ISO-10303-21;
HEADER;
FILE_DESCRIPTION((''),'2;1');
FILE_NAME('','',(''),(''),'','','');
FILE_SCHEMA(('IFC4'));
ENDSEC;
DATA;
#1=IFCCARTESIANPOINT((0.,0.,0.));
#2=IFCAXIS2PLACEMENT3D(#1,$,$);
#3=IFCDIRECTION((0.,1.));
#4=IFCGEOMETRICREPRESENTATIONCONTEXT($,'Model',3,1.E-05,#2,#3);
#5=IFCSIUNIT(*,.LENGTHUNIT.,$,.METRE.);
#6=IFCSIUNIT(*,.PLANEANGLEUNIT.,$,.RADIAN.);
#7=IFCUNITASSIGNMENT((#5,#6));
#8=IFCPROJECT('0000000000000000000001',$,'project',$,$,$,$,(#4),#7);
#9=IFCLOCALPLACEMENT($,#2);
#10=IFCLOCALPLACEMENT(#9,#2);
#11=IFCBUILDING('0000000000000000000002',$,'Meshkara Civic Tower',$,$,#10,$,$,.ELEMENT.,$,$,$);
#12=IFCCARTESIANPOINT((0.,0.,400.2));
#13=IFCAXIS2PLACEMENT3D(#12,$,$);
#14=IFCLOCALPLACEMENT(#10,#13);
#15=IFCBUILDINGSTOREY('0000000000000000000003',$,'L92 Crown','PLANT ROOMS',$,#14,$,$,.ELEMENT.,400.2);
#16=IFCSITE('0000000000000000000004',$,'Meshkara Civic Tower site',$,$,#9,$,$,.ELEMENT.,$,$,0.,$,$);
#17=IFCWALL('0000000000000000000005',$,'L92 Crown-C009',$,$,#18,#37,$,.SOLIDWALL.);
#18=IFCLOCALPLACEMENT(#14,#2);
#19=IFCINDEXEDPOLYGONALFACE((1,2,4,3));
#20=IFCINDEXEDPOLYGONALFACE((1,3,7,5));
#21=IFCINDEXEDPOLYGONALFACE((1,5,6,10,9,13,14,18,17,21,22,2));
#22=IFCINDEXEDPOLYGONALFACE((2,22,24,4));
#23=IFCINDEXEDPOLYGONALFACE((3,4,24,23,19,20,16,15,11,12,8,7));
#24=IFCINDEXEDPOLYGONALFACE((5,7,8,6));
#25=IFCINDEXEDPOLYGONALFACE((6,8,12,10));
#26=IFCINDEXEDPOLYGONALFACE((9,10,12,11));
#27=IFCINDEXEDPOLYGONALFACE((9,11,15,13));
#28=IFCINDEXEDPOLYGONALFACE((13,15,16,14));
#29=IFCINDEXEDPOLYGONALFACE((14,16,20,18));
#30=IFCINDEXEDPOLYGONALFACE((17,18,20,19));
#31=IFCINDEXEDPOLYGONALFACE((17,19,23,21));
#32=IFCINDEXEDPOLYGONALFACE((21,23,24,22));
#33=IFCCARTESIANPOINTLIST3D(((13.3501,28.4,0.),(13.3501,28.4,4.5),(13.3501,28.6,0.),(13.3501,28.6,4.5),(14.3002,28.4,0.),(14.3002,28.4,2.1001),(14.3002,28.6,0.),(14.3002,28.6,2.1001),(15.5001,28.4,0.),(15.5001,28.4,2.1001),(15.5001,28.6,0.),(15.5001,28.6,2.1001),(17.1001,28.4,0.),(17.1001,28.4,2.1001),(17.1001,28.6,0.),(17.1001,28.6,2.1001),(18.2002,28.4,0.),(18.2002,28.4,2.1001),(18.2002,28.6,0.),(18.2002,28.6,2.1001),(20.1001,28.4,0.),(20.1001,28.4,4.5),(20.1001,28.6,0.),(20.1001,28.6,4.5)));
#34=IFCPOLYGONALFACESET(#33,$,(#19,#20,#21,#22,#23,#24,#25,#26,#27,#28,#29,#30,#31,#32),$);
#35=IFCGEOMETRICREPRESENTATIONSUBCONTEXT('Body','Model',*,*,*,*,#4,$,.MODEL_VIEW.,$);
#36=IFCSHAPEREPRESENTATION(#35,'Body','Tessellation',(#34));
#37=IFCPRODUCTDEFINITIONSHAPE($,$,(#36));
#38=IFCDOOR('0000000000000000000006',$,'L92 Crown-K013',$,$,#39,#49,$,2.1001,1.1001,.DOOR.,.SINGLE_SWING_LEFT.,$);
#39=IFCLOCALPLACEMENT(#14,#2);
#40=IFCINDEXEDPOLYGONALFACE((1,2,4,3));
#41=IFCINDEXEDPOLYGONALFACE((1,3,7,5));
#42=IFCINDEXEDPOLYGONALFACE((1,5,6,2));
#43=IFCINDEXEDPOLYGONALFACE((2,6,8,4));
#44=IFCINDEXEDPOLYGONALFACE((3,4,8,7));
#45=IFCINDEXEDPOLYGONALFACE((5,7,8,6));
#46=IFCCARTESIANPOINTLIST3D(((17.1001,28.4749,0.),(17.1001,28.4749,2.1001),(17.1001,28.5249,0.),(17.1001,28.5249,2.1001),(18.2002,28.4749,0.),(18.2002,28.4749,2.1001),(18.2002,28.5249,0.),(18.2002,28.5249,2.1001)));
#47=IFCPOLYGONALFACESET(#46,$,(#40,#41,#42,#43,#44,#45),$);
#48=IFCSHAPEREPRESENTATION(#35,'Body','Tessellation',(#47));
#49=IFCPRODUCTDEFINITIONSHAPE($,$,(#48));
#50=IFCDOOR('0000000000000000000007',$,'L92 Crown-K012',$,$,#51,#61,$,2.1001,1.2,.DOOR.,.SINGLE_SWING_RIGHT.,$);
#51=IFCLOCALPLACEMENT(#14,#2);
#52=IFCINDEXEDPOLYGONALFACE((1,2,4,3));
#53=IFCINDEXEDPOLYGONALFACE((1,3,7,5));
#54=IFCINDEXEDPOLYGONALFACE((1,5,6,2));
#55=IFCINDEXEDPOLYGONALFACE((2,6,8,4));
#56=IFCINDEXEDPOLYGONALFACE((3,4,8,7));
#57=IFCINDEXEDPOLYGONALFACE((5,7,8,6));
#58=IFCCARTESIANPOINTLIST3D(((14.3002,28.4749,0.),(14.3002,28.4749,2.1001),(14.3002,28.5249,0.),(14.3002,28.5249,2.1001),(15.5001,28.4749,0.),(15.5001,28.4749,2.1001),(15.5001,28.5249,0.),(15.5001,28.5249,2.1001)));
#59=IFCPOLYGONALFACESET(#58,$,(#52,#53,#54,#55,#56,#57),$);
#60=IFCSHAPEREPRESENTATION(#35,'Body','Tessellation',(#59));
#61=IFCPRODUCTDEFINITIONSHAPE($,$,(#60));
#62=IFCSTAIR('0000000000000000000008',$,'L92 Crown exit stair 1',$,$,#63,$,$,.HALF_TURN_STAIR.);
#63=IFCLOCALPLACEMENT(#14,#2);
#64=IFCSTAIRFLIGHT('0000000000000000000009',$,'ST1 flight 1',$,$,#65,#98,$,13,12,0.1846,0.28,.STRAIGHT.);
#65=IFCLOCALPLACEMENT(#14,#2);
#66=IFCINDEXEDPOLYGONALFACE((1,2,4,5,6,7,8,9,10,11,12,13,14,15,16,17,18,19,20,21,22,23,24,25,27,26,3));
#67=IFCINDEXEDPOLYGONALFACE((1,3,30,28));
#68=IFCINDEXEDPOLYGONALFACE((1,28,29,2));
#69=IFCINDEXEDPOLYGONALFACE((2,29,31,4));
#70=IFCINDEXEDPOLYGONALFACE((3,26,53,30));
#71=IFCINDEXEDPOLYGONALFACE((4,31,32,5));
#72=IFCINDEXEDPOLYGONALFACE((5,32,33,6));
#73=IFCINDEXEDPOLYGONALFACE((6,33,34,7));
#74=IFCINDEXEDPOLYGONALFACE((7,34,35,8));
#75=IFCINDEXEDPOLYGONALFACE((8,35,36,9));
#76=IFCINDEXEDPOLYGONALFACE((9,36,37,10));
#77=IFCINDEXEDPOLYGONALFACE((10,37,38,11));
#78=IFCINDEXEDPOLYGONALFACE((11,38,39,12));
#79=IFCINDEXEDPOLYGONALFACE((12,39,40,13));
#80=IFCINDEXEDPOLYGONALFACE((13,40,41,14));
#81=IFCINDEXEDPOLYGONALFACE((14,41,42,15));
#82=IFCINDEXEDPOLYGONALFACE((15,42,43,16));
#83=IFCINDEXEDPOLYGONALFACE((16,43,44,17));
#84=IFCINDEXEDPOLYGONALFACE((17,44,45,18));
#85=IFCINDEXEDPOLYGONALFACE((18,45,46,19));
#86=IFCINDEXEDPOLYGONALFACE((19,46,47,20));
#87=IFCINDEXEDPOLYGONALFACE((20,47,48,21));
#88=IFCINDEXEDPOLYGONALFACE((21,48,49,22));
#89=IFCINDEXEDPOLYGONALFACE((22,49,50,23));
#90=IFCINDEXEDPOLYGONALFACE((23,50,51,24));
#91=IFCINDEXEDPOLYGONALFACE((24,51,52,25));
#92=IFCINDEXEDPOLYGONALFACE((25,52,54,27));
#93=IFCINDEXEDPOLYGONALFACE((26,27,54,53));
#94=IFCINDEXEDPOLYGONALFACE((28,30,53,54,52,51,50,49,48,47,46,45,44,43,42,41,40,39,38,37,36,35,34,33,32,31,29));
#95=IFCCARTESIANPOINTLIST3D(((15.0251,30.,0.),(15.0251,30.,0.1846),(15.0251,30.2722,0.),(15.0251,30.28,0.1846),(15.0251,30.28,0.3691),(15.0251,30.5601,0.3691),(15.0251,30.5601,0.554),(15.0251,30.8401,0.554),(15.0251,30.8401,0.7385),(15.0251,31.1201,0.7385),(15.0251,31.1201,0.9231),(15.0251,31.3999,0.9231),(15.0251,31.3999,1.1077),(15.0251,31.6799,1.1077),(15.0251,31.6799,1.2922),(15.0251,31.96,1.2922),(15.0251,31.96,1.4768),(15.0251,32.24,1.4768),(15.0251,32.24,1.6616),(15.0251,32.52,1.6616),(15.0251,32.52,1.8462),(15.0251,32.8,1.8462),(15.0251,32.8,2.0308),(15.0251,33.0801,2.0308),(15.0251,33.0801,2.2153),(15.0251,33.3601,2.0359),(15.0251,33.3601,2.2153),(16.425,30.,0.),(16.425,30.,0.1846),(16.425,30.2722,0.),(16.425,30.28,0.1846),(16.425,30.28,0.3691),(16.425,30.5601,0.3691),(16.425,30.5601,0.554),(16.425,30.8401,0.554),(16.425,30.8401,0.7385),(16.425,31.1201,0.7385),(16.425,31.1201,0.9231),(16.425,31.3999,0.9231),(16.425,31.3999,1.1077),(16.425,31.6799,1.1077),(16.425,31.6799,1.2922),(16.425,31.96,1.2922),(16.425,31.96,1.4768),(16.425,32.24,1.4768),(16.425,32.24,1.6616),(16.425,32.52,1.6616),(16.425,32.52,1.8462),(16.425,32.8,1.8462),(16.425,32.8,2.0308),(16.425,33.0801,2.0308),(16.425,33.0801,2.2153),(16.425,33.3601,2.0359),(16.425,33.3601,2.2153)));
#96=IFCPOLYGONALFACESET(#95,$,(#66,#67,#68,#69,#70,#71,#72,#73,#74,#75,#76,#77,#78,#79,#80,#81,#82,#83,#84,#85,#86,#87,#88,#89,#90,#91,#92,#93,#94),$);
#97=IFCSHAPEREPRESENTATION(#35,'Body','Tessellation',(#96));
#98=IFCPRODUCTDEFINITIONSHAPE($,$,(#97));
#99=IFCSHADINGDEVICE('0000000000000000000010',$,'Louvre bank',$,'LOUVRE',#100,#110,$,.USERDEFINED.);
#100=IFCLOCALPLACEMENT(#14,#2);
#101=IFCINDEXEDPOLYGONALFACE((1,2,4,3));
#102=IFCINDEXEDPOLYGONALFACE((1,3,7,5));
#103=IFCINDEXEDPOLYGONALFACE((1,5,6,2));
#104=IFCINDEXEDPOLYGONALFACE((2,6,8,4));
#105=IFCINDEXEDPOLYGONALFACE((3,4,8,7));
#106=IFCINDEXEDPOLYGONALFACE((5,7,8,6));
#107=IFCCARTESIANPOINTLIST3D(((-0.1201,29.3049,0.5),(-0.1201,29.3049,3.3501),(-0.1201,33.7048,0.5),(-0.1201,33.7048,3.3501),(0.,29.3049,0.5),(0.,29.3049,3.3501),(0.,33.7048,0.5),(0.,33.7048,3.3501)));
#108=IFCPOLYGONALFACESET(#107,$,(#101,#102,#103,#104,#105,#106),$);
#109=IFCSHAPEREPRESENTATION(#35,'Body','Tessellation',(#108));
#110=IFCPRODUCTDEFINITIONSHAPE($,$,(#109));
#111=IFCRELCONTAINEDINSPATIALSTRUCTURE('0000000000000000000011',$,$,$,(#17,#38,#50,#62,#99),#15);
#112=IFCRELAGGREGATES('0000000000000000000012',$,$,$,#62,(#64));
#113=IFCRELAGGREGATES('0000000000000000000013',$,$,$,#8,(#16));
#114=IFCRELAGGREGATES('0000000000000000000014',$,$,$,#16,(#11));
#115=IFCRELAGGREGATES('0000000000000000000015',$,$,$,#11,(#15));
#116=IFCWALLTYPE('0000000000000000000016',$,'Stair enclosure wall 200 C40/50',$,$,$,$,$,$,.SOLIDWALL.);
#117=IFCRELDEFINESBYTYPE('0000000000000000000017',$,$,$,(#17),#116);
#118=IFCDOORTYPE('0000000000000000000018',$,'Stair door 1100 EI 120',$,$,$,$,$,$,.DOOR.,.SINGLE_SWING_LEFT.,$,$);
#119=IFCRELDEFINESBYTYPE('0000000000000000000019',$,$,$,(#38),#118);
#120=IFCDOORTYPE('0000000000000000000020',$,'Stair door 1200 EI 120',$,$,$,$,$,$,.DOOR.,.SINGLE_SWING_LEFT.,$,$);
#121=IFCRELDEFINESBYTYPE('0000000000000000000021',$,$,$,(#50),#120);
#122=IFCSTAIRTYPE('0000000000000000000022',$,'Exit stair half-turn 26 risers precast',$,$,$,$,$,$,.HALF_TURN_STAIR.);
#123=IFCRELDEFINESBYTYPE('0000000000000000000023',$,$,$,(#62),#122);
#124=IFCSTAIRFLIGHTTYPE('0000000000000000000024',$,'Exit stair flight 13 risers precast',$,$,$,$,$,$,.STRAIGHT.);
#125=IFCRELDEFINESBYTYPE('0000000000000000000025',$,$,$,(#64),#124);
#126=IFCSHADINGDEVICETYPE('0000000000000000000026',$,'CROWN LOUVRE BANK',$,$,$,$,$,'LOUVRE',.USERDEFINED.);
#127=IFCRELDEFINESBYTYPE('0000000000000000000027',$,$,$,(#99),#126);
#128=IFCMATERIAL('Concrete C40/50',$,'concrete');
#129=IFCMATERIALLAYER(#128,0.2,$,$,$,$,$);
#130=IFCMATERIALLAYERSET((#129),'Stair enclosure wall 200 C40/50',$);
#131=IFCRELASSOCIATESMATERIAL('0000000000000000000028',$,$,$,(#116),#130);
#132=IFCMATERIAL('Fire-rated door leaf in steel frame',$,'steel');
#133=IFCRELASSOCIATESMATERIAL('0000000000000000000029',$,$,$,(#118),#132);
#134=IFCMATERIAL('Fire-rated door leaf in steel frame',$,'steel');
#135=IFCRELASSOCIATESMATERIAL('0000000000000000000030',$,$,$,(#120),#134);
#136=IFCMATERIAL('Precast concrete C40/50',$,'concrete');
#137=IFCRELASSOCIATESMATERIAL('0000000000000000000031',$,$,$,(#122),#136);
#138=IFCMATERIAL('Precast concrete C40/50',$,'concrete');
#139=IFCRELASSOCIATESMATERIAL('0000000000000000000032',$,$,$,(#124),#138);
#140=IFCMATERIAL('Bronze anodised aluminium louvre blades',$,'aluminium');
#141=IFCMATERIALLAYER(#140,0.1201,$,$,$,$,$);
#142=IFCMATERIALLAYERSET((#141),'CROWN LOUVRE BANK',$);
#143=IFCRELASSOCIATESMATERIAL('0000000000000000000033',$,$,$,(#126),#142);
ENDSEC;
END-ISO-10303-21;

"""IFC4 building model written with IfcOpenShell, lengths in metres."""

from ifc_helpers import new_model, si_unit, direction, frame, frame_2d, origin, origin_2d, place, context, subcontext, project, spatial, polyline, rectangle, outline, extrude, material, layer, layer_set, type_object, element, fill, aggregate, save


model = new_model("IFC4")

# Units and contexts
model_context = context("Model", 3, precision=1e-05, world=origin(), true_north=direction((0.0, 1.0)))
body_context = subcontext(model_context, "Body", "Model", "MODEL_VIEW")
ifc_project = project(units=[si_unit("LENGTHUNIT", "METRE"), si_unit("PLANEANGLEUNIT", "RADIAN")], contexts=[model_context])

# Site, building, storey
site_placement = place(None, origin())
site = spatial("IfcSite", under=ifc_project, at=site_placement, Name="Meshkara Civic Tower site", CompositionType="ELEMENT", RefElevation=0.0)
building_placement = place(site_placement, origin())
building = spatial("IfcBuilding", under=site, at=building_placement, Name="Meshkara Civic Tower", CompositionType="ELEMENT")
storey_placement = place(building_placement, frame((0.0, 0.0, 400.2)))
storey = spatial("IfcBuildingStorey", under=building, at=storey_placement, Name="L92 Crown", Description="PLANT ROOMS", CompositionType="ELEMENT", Elevation=400.2)

# Wall, openings, doors
ifc_material_1 = material(Name="Concrete C40/50", Category="concrete")
ifc_layer_1 = layer(ifc_material_1, 0.2)
ifc_layer_set_1 = layer_set([ifc_layer_1], Name="Stair enclosure wall 200 C40/50")
wall_type_1 = type_object("IfcWallType", Name="Stair enclosure wall 200 C40/50", PredefinedType="SOLIDWALL", material=ifc_layer_set_1)
wall_1_placement = place(storey_placement, frame((13.3501, 28.5, 0.0), z_axis=(0.0, 0.0, 1.0), x_axis=(1.0, 0.0, 0.0)))
wall_1 = element("IfcWall", 1, at=wall_1_placement, inside=storey, type_object=wall_type_1, Name="L92 Crown-C009", PredefinedType="SOLIDWALL", context=body_context, shape_type="SweptSolid", body=[
    extrude(rectangle(XDim=6.75, YDim=0.2, at=frame_2d((3.375, 0.0))), origin(), (0.0, 0.0, 1.0), 4.5),
])
opening_1_placement = place(wall_1_placement, frame((0.95, 0.0, 0.0)))
opening_1 = element("IfcOpeningElement", 2, at=opening_1_placement, cuts=wall_1, PredefinedType="OPENING", context=body_context, shape_type="SweptSolid", body=[
    extrude(rectangle(XDim=1.2, YDim=2.1001, at=frame_2d((0.6001, 1.05))), frame((0.0, 0.1099, 0.0), z_axis=(0.0, -1.0, 0.0), x_axis=(1.0, 0.0, 0.0)), (0.0, 0.0, 1.0), 0.22),
])
opening_2_placement = place(wall_1_placement, frame((3.75, 0.0, 0.0)))
opening_2 = element("IfcOpeningElement", 3, at=opening_2_placement, cuts=wall_1, PredefinedType="OPENING", context=body_context, shape_type="SweptSolid", body=[
    extrude(rectangle(XDim=1.1001, YDim=2.1001, at=frame_2d((0.55, 1.05))), frame((0.0, 0.1099, 0.0), z_axis=(0.0, -1.0, 0.0), x_axis=(1.0, 0.0, 0.0)), (0.0, 0.0, 1.0), 0.22),
])
ifc_material_2 = material(Name="Fire-rated door leaf in steel frame", Category="steel")
door_type_1 = type_object("IfcDoorType", Name="Stair door 1100 EI 120", OperationType="SINGLE_SWING_LEFT", PredefinedType="DOOR", material=ifc_material_2)
door_1_placement = place(opening_2_placement, origin())
door_1 = element("IfcDoor", 4, at=door_1_placement, inside=storey, type_object=door_type_1, Name="L92 Crown-K013", OperationType="SINGLE_SWING_LEFT", OverallHeight=2.1001, OverallWidth=1.1001, PredefinedType="DOOR", context=body_context, shape_type="SweptSolid", body=[
    extrude(rectangle(XDim=1.1001, YDim=2.1001, at=frame_2d((0.55, 1.05))), frame((0.0, 0.0249, 0.0), z_axis=(0.0, -1.0, 0.0), x_axis=(1.0, 0.0, 0.0)), (0.0, 0.0, 1.0), 0.05),
])
fill(opening_2, door_1)
ifc_material_3 = material(Name="Fire-rated door leaf in steel frame", Category="steel")
door_type_2 = type_object("IfcDoorType", Name="Stair door 1200 EI 120", OperationType="SINGLE_SWING_LEFT", PredefinedType="DOOR", material=ifc_material_3)
door_2_placement = place(opening_1_placement, origin())
door_2 = element("IfcDoor", 5, at=door_2_placement, inside=storey, type_object=door_type_2, Name="L92 Crown-K012", OperationType="SINGLE_SWING_RIGHT", OverallHeight=2.1001, OverallWidth=1.2, PredefinedType="DOOR", context=body_context, shape_type="SweptSolid", body=[
    extrude(rectangle(XDim=1.2, YDim=2.1001, at=frame_2d((0.6001, 1.05))), frame((0.0, 0.0249, 0.0), z_axis=(0.0, -1.0, 0.0), x_axis=(1.0, 0.0, 0.0)), (0.0, 0.0, 1.0), 0.05),
])
fill(opening_1, door_2)

# Stair, stair flight
ifc_material_4 = material(Name="Precast concrete C40/50", Category="concrete")
stair_type = type_object("IfcStairType", Name="Exit stair half-turn 26 risers precast", PredefinedType="HALF_TURN_STAIR", material=ifc_material_4)
stair_placement = place(storey_placement, origin())
stair = element("IfcStair", 6, at=stair_placement, inside=storey, type_object=stair_type, Name="L92 Crown exit stair 1", PredefinedType="HALF_TURN_STAIR")
ifc_material_5 = material(Name="Precast concrete C40/50", Category="concrete")
stair_flight_type = type_object("IfcStairFlightType", Name="Exit stair flight 13 risers precast", PredefinedType="STRAIGHT", material=ifc_material_5)
stair_flight_placement = place(storey_placement, frame((15.7251, 30.0, 0.0), z_axis=(0.0, 0.0, 1.0), x_axis=(0.0, 1.0, 0.0)))
stair_flight = element("IfcStairFlight", 7, at=stair_flight_placement, type_object=stair_flight_type, Name="ST1 flight 1", NumberOfRisers=13, NumberOfTreads=12, PredefinedType="STRAIGHT", RiserHeight=0.1846, TreadLength=0.28, context=body_context, shape_type="SweptSolid", body=[
    extrude(outline(polyline([(0.0, 0.0), (0.0, 0.1846), (0.28, 0.1846), (0.28, 0.3691), (0.5601, 0.3691), (0.5601, 0.554), (0.8401, 0.554), (0.8401, 0.7385), (1.1201, 0.7385), (1.1201, 0.9231), (1.3999, 0.9231), (1.3999, 1.1077), (1.6799, 1.1077), (1.6799, 1.2922), (1.96, 1.2922), (1.96, 1.4768), (2.24, 1.4768), (2.24, 1.6616), (2.52, 1.6616), (2.52, 1.8462), (2.8, 1.8462), (2.8, 2.0308), (3.0801, 2.0308), (3.0801, 2.2153), (3.3601, 2.2153), (3.3601, 2.3999), (3.3601, 2.0359), (0.2722, 0.0), (0.0, 0.0)])), frame((0.0, 0.7, 0.0), z_axis=(0.0, -1.0, 0.0), x_axis=(1.0, 0.0, 0.0)), (0.0, 0.0, 1.0), 1.3999),
])
aggregate(stair, [stair_flight])

# Shading device
ifc_material_6 = material(Name="Bronze anodised aluminium louvre blades", Category="aluminium")
ifc_layer_2 = layer(ifc_material_6, 0.1201)
ifc_layer_set_2 = layer_set([ifc_layer_2], Name="CROWN LOUVRE BANK")
shading_device_type = type_object("IfcShadingDeviceType", Name="CROWN LOUVRE BANK", ElementType="LOUVRE", PredefinedType="USERDEFINED", material=ifc_layer_set_2)
shading_device_placement = place(storey_placement, frame((-0.0601, 31.5049, 0.5), z_axis=(0.0, 0.0, 1.0), x_axis=(0.0, -1.0, 0.0)))
element("IfcShadingDevice", 8, at=shading_device_placement, inside=storey, type_object=shading_device_type, Name="Louvre bank", ObjectType="LOUVRE", PredefinedType="USERDEFINED", context=body_context, shape_type="SweptSolid", body=[
    extrude(rectangle(XDim=4.3999, YDim=0.1201, at=origin_2d()), origin(), (0.0, 0.0, 1.0), 2.8501),
])

save(model, "model.ifc")
